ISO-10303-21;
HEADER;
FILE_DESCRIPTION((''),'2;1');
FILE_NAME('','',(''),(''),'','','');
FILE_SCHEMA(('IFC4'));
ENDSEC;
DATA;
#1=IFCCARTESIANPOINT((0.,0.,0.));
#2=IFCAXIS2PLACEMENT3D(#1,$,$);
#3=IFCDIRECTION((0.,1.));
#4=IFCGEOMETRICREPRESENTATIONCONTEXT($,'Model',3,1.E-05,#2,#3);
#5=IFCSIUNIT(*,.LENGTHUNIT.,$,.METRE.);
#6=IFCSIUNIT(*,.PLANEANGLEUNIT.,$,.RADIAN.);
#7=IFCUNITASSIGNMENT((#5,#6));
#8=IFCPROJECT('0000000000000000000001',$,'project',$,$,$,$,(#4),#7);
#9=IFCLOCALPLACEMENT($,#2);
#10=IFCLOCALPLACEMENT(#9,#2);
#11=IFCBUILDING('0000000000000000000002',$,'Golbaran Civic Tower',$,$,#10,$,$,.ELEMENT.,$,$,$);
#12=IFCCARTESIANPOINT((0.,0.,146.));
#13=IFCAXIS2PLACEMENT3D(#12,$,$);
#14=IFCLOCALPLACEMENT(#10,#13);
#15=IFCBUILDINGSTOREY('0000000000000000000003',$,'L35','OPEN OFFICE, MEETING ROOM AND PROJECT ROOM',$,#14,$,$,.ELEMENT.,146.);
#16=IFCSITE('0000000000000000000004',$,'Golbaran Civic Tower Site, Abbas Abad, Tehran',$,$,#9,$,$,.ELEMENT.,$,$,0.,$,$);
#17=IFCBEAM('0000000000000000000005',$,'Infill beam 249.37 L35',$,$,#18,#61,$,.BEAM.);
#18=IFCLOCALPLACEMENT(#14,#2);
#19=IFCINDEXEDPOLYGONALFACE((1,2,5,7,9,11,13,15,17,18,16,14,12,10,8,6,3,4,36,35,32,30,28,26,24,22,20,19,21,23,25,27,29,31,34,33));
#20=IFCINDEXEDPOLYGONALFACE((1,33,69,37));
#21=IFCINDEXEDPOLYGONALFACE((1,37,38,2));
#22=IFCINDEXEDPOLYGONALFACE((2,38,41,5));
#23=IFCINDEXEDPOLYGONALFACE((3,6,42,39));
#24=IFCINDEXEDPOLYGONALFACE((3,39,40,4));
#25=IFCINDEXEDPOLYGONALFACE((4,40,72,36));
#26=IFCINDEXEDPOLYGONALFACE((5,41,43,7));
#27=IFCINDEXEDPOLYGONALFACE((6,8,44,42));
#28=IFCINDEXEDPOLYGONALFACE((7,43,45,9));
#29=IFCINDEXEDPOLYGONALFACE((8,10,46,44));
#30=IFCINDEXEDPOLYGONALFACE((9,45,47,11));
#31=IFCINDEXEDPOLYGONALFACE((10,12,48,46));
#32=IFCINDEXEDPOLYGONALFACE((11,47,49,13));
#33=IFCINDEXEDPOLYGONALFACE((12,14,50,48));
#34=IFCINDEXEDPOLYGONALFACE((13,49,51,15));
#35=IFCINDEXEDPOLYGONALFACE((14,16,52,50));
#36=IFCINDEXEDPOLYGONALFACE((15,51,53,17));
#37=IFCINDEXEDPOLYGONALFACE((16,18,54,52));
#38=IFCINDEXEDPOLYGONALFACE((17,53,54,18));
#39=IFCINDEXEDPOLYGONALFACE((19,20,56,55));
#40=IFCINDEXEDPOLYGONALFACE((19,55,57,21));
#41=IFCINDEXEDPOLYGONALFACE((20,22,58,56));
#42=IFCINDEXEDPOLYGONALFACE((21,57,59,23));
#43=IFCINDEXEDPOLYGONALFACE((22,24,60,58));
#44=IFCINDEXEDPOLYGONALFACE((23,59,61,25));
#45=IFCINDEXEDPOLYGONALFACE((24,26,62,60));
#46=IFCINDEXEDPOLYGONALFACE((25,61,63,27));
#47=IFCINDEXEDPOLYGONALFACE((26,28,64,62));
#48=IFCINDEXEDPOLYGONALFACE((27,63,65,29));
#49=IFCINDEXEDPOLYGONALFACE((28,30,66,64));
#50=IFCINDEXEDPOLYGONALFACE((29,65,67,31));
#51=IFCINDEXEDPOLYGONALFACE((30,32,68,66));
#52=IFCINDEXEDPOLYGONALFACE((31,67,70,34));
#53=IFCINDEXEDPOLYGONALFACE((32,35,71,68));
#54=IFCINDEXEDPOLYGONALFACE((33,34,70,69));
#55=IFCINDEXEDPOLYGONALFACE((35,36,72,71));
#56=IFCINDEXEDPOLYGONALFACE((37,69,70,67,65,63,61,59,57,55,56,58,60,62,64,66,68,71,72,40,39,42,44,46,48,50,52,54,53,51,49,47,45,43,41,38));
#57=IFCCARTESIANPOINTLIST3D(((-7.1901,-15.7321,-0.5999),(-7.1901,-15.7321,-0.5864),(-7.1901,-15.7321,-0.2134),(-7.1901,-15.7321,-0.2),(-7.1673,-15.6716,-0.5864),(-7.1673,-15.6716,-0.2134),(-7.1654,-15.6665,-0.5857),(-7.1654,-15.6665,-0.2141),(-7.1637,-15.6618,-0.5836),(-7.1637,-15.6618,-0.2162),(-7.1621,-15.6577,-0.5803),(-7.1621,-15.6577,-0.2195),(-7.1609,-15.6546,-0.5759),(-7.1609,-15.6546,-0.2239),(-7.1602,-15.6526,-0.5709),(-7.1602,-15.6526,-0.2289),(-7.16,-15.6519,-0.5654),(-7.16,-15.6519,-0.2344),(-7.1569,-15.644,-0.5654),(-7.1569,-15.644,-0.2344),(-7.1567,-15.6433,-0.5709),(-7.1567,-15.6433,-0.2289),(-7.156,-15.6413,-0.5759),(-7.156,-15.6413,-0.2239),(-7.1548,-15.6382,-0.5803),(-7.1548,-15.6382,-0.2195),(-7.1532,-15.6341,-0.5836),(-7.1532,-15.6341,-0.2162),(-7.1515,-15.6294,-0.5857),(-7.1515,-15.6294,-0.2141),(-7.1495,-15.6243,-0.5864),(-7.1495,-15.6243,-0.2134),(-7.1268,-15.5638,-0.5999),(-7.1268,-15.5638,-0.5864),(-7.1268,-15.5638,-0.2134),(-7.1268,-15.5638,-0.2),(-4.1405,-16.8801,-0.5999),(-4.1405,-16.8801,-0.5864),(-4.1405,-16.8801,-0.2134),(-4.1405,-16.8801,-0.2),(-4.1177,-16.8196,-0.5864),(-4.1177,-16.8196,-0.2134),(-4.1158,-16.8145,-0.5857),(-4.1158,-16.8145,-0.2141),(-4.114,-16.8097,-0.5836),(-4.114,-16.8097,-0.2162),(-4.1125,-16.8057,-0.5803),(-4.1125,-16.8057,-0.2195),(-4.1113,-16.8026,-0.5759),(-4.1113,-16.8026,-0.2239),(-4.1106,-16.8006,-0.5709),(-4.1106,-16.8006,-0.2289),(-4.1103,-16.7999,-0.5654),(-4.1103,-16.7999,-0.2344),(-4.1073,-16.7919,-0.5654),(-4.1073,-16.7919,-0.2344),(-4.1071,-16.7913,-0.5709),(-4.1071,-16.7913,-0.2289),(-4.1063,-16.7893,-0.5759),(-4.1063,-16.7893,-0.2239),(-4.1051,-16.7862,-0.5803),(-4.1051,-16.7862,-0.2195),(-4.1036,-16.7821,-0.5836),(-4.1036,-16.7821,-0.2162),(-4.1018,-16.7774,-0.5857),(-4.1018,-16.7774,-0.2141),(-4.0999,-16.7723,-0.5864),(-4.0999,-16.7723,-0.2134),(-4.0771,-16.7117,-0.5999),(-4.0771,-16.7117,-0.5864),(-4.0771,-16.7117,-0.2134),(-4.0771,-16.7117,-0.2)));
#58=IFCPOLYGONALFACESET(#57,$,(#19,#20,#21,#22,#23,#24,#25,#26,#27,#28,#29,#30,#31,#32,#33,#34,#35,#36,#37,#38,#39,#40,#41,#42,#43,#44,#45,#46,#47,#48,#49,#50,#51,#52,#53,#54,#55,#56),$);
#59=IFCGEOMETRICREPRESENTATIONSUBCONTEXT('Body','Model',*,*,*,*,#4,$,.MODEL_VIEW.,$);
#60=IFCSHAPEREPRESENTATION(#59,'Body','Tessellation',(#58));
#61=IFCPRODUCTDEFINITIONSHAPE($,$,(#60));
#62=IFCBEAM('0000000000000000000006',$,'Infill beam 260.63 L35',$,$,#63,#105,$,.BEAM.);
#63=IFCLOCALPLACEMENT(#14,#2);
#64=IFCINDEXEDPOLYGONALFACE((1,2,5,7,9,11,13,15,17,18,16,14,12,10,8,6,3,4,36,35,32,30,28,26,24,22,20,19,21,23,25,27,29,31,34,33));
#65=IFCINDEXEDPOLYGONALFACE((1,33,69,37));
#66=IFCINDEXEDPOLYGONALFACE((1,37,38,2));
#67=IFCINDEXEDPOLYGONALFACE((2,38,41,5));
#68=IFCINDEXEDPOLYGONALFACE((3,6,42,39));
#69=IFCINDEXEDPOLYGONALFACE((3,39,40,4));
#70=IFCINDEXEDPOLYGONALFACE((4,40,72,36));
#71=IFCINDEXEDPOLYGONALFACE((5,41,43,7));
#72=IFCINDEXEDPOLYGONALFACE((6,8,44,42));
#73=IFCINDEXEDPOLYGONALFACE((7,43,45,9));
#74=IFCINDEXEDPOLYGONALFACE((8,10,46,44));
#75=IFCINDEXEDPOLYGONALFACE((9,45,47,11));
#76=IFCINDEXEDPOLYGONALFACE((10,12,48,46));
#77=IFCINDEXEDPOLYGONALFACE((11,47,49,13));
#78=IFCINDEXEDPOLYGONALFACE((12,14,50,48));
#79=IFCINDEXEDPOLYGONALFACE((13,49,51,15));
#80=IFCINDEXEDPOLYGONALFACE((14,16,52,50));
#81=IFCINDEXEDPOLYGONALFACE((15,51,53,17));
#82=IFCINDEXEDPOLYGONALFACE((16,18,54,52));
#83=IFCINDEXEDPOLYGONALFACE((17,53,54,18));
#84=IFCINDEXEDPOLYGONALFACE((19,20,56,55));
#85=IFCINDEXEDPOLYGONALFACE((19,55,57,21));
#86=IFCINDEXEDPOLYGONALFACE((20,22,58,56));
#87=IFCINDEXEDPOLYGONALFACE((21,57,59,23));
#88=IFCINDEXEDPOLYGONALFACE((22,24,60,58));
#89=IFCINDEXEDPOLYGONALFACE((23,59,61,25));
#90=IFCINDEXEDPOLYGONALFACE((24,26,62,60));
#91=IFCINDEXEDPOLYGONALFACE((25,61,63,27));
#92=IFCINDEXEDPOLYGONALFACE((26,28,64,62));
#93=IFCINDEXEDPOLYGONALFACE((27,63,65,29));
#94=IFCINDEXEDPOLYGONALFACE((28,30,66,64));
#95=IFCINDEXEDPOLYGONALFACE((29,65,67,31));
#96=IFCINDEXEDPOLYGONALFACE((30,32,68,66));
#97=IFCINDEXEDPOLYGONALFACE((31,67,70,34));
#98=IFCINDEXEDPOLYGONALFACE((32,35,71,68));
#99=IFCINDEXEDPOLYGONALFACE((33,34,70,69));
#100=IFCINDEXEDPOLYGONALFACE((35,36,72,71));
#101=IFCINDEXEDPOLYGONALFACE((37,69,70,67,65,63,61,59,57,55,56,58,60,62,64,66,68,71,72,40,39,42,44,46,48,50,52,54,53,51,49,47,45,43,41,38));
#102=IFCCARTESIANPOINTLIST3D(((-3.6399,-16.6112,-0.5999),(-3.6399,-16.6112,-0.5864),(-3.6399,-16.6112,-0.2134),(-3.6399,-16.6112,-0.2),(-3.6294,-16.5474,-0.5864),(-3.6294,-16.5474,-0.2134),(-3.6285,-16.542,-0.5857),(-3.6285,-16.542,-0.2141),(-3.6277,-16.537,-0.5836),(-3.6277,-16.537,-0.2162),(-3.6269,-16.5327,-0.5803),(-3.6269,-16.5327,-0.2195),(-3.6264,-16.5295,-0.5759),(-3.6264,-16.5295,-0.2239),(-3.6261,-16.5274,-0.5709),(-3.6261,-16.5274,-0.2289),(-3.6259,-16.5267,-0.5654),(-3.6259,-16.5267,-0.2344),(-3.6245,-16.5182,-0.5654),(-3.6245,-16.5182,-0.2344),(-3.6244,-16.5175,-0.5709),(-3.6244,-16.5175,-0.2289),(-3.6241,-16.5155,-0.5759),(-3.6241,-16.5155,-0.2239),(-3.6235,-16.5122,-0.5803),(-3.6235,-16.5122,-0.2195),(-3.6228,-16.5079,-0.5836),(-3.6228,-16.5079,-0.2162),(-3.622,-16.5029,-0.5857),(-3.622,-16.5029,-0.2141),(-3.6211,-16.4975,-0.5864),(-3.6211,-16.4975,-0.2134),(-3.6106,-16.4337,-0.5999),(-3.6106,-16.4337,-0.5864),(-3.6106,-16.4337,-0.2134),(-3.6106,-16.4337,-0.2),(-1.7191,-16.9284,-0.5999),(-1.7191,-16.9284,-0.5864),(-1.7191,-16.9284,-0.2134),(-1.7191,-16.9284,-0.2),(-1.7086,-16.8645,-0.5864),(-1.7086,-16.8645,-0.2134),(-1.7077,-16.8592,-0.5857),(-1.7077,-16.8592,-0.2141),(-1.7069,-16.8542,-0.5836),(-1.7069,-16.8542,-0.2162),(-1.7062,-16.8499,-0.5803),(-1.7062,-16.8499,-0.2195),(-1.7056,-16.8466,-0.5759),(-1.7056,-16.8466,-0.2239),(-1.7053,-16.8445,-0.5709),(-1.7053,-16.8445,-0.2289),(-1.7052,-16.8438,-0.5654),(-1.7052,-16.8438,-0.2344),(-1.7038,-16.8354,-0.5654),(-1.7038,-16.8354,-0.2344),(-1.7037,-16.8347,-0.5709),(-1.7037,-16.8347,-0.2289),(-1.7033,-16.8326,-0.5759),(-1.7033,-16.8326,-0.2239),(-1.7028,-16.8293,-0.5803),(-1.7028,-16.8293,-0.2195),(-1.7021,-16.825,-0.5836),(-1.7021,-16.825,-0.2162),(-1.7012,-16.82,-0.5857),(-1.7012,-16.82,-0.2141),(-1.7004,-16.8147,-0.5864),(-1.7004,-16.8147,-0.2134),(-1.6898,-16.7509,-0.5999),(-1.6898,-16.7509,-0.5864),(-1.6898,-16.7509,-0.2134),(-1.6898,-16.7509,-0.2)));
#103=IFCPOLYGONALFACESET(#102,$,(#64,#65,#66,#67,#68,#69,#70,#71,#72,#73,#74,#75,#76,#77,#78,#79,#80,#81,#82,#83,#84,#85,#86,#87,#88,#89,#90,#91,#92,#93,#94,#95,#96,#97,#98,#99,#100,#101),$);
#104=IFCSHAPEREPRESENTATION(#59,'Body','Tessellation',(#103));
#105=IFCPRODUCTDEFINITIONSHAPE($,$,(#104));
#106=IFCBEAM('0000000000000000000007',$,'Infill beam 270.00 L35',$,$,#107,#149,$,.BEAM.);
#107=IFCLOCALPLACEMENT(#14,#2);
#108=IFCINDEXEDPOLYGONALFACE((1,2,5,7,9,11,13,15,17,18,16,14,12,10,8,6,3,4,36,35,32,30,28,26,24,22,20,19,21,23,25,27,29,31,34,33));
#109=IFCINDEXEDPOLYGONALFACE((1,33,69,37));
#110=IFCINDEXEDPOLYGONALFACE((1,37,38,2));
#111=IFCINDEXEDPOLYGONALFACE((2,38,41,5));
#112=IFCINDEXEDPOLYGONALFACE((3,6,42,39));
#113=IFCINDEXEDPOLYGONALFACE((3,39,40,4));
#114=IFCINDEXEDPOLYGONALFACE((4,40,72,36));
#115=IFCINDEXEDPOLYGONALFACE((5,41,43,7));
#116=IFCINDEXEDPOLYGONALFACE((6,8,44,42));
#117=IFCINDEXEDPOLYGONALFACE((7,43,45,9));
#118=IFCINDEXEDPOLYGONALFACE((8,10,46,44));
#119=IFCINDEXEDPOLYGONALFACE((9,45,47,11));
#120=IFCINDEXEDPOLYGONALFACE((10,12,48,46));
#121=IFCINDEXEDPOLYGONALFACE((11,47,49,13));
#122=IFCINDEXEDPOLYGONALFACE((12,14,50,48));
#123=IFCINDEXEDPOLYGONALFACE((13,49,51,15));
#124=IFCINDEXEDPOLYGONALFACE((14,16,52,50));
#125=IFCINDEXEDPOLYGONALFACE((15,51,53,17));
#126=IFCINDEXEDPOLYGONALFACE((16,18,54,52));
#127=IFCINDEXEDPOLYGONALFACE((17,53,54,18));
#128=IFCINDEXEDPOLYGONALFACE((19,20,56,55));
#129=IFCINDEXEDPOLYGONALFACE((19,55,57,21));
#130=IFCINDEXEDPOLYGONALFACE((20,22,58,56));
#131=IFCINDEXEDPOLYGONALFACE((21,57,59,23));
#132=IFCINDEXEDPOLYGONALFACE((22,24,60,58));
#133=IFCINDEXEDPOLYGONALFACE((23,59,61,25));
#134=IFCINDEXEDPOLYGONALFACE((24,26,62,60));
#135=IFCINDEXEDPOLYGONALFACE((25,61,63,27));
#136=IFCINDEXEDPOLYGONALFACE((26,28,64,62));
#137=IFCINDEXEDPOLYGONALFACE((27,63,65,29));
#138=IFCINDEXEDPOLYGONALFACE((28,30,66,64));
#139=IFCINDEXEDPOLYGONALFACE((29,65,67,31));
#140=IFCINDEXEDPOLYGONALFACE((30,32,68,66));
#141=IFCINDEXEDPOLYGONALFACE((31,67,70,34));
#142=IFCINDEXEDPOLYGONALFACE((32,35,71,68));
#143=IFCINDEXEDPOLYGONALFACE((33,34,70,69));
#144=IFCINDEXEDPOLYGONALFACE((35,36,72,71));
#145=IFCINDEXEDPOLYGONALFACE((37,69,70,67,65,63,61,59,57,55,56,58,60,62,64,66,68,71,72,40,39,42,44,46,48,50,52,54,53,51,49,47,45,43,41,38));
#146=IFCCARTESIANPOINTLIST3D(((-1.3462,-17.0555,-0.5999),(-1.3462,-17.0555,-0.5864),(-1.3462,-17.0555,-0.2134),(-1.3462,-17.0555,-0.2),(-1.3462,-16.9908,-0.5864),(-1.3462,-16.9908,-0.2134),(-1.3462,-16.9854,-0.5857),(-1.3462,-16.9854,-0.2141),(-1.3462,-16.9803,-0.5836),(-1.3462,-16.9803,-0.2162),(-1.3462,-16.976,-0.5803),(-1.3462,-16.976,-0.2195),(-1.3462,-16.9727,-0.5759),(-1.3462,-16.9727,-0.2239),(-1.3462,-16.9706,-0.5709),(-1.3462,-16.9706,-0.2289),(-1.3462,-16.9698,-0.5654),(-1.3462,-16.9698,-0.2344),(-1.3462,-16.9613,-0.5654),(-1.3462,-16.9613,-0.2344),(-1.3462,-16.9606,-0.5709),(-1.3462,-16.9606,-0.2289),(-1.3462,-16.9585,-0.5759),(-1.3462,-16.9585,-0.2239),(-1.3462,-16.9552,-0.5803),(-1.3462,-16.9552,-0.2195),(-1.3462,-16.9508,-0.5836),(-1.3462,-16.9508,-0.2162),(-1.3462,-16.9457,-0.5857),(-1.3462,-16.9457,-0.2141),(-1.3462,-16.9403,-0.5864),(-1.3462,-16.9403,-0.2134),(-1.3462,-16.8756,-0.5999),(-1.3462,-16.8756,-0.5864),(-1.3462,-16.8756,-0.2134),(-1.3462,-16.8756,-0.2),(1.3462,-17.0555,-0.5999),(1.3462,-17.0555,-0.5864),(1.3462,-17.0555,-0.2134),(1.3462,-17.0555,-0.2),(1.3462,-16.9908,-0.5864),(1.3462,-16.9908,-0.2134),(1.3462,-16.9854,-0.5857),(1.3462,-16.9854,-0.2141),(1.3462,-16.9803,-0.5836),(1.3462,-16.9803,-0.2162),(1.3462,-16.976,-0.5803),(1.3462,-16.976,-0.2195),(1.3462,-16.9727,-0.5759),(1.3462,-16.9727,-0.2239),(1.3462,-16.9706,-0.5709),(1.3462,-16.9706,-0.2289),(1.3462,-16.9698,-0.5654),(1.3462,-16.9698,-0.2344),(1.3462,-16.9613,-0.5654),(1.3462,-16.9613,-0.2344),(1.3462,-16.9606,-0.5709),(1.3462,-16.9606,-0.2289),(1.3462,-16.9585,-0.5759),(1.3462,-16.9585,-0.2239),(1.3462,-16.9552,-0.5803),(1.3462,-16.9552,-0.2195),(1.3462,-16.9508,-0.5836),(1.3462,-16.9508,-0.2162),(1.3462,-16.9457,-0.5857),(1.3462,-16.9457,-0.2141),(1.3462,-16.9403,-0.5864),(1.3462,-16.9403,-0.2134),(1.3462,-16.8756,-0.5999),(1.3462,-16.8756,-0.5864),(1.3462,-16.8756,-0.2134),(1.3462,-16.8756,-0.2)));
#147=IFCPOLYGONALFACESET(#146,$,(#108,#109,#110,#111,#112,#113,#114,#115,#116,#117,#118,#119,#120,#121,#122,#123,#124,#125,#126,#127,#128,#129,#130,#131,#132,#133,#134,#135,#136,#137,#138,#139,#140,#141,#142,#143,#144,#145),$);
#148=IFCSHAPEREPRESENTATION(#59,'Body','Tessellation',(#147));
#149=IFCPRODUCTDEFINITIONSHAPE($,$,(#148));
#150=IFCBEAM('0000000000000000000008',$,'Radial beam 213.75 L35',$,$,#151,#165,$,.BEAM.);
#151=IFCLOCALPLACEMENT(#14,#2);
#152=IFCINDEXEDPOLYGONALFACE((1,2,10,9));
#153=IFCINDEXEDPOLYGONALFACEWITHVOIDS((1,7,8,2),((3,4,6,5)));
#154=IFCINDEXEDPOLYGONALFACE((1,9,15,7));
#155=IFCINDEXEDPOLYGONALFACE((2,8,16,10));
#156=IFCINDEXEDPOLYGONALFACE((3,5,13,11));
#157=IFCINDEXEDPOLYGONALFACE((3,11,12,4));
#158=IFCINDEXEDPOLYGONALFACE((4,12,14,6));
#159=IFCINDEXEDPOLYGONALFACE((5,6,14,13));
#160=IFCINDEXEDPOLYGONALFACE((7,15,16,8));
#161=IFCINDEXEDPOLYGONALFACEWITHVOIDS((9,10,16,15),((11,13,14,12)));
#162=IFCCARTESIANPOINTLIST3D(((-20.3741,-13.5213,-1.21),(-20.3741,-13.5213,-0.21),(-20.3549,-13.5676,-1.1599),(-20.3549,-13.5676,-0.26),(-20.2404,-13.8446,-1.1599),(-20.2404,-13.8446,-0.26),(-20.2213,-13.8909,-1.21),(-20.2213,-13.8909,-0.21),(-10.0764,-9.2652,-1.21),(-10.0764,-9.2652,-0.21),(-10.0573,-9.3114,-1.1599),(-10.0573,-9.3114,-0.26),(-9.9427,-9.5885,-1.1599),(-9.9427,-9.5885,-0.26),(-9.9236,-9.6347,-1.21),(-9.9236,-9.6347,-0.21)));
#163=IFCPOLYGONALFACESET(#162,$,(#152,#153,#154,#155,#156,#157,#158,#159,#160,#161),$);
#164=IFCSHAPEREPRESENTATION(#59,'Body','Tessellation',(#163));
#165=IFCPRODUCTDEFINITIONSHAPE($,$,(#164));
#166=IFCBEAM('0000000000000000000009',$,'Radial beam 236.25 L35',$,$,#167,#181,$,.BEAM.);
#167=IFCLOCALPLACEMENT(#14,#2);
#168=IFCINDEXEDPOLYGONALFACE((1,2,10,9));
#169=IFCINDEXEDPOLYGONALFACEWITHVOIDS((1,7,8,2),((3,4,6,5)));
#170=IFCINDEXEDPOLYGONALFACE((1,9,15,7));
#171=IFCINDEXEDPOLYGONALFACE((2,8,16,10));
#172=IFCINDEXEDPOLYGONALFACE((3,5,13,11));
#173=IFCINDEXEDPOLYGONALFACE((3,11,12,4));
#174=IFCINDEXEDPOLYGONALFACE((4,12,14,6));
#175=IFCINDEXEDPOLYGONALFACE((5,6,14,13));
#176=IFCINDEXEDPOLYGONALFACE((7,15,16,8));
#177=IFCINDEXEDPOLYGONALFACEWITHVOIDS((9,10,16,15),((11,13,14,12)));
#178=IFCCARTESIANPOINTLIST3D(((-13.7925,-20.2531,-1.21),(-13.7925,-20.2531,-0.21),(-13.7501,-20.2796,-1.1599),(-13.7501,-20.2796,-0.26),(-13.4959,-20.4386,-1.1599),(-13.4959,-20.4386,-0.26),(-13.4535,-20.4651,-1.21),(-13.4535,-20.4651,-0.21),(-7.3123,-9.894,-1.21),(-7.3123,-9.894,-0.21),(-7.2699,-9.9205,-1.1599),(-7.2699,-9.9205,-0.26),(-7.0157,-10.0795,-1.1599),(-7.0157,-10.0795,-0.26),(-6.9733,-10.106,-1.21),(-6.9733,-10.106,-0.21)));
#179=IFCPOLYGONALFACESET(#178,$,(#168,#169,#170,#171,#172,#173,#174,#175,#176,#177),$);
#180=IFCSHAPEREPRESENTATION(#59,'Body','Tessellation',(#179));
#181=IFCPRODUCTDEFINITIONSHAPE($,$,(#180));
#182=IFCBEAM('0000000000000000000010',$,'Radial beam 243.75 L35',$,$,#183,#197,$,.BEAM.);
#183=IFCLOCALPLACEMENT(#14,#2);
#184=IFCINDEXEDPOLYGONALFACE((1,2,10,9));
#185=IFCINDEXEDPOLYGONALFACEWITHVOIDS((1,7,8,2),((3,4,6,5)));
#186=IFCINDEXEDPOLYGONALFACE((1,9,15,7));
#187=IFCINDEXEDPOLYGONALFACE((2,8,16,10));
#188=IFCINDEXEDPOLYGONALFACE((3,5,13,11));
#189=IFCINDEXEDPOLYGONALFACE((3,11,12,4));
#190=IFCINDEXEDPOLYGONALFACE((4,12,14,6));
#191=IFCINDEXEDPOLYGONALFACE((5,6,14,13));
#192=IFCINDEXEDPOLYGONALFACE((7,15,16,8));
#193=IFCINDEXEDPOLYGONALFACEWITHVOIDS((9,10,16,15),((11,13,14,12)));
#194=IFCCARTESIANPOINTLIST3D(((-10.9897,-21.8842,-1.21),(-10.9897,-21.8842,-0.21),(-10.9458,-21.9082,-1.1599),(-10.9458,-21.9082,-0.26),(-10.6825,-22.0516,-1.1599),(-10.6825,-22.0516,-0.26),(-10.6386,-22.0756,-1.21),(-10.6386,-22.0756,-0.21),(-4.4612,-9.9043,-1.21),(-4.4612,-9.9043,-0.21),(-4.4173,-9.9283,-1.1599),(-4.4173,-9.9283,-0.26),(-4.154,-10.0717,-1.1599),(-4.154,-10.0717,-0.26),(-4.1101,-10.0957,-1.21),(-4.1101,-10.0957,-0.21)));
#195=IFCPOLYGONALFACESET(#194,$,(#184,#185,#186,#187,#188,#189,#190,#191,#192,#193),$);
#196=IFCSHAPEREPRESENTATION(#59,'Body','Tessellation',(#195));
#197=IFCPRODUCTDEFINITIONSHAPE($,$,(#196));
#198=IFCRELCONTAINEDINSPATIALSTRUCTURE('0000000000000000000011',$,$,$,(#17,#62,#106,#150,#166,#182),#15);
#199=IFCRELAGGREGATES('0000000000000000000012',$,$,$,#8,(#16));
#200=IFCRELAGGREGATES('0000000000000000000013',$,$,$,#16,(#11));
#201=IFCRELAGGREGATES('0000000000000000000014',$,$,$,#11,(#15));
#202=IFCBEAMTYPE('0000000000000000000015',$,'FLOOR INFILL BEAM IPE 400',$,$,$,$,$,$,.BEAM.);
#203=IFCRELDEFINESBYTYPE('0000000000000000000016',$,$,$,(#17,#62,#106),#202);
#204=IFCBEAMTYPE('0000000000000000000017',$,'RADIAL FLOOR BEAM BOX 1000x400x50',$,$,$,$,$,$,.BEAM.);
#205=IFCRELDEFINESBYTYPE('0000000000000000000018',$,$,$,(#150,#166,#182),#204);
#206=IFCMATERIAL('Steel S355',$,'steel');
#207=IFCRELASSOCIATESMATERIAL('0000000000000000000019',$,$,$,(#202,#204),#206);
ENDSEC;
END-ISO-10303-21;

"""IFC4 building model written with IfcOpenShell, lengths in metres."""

from ifc_helpers import new_model, si_unit, direction, frame, origin, origin_2d, place, context, subcontext, project, spatial, hollow_rectangle, i_section, extrude, material, material_profile, profile_set, type_object, element, save


model = new_model("IFC4")

# Units and contexts
model_context = context("Model", 3, precision=1e-05, world=origin(), true_north=direction((0.0, 1.0)))
body_context = subcontext(model_context, "Body", "Model", "MODEL_VIEW")
ifc_project = project(units=[si_unit("LENGTHUNIT", "METRE"), si_unit("PLANEANGLEUNIT", "RADIAN")], contexts=[model_context])

# Site, building, storey
site_placement = place(None, origin())
site = spatial("IfcSite", under=ifc_project, at=site_placement, Name="Golbaran Civic Tower Site, Abbas Abad, Tehran", CompositionType="ELEMENT", RefElevation=0.0)
building_placement = place(site_placement, origin())
building = spatial("IfcBuilding", under=site, at=building_placement, Name="Golbaran Civic Tower", CompositionType="ELEMENT")
storey_placement = place(building_placement, frame((0.0, 0.0, 146.0)))
storey = spatial("IfcBuildingStorey", under=building, at=storey_placement, Name="L35", Description="OPEN OFFICE, MEETING ROOM AND PROJECT ROOM", CompositionType="ELEMENT", Elevation=146.0)

# Beams
ifc_material_1 = material(Name="Steel S355", Category="steel")
ifc_material_profile_1 = material_profile(ifc_material_1, i_section(OverallWidth=0.1799, OverallDepth=0.3999, WebThickness=0.0085, FlangeThickness=0.0134, FilletRadius=0.021, at=origin_2d()), Name="IPE 400")
ifc_profile_set_1 = profile_set([ifc_material_profile_1], Name="Steel S355")
beam_type_1 = type_object("IfcBeamType", Name="FLOOR INFILL BEAM IPE 400", PredefinedType="BEAM", material=ifc_profile_set_1)
beam_1_placement = place(storey_placement, frame((-7.1584, -15.6479, -0.3999), z_axis=(0.935888, -0.352297, 0.0), x_axis=(0.352297, 0.935888, 0.0)))
element("IfcBeam", 1, at=beam_1_placement, inside=storey, type_object=beam_type_1, Name="Infill beam 249.37 L35", PredefinedType="BEAM", context=body_context, shape_type="SweptSolid", body=[
    extrude(i_section(OverallWidth=0.1799, OverallDepth=0.3999, WebThickness=0.0085, FlangeThickness=0.0134, FilletRadius=0.021, at=origin_2d()), origin(), (0.0, 0.0, 1.0), 3.2585),
])
beam_2_placement = place(storey_placement, frame((-3.6252, -16.5225, -0.3999), z_axis=(0.98664, -0.162914, 0.0), x_axis=(0.162914, 0.98664, 0.0)))
element("IfcBeam", 2, at=beam_2_placement, inside=storey, type_object=beam_type_1, Name="Infill beam 260.63 L35", PredefinedType="BEAM", context=body_context, shape_type="SweptSolid", body=[
    extrude(i_section(OverallWidth=0.1799, OverallDepth=0.3999, WebThickness=0.0085, FlangeThickness=0.0134, FilletRadius=0.021, at=origin_2d()), origin(), (0.0, 0.0, 1.0), 1.9468),
])
beam_3_placement = place(storey_placement, frame((-1.3462, -16.9656, -0.3999), z_axis=(1.0, 0.0, 0.0), x_axis=(0.0, 1.0, 0.0)))
element("IfcBeam", 3, at=beam_3_placement, inside=storey, type_object=beam_type_1, Name="Infill beam 270.00 L35", PredefinedType="BEAM", context=body_context, shape_type="SweptSolid", body=[
    extrude(i_section(OverallWidth=0.1799, OverallDepth=0.3999, WebThickness=0.0085, FlangeThickness=0.0134, FilletRadius=0.021, at=origin_2d()), origin(), (0.0, 0.0, 1.0), 2.6924),
])
ifc_material_profile_2 = material_profile(ifc_material_1, hollow_rectangle(XDim=0.3999, YDim=1.0, WallThickness=0.05, at=origin_2d()), Name="BOX 1000x400x50")
ifc_profile_set_2 = profile_set([ifc_material_profile_2], Name="Steel S355")
beam_type_2 = type_object("IfcBeamType", Name="RADIAL FLOOR BEAM BOX 1000x400x50", PredefinedType="BEAM", material=ifc_profile_set_2)
beam_4_placement = place(storey_placement, frame((-10.0, -9.45, -0.71), z_axis=(-0.924175, -0.381971, 0.0), x_axis=(0.381971, -0.924175, 0.0)))
element("IfcBeam", 4, at=beam_4_placement, inside=storey, type_object=beam_type_2, Name="Radial beam 213.75 L35", PredefinedType="BEAM", context=body_context, shape_type="SweptSolid", body=[
    extrude(hollow_rectangle(XDim=0.3999, YDim=1.0, WallThickness=0.05, at=origin_2d()), origin(), (0.0, 0.0, 1.0), 11.1426),
])
beam_5_placement = place(storey_placement, frame((-7.1428, -10.0, -0.71), z_axis=(-0.530338, -0.847786, 0.0), x_axis=(0.847786, -0.530338, 0.0)))
element("IfcBeam", 5, at=beam_5_placement, inside=storey, type_object=beam_type_2, Name="Radial beam 236.25 L35", PredefinedType="BEAM", context=body_context, shape_type="SweptSolid", body=[
    extrude(hollow_rectangle(XDim=0.3999, YDim=1.0, WallThickness=0.05, at=origin_2d()), origin(), (0.0, 0.0, 1.0), 12.219),
])
beam_6_placement = place(storey_placement, frame((-4.2856, -10.0, -0.71), z_axis=(-0.478515, -0.878079, 0.0), x_axis=(0.878079, -0.478515, 0.0)))
element("IfcBeam", 6, at=beam_6_placement, inside=storey, type_object=beam_type_2, Name="Radial beam 243.75 L35", PredefinedType="BEAM", context=body_context, shape_type="SweptSolid", body=[
    extrude(hollow_rectangle(XDim=0.3999, YDim=1.0, WallThickness=0.05, at=origin_2d()), origin(), (0.0, 0.0, 1.0), 13.6433),
])

save(model, "model.ifc")
